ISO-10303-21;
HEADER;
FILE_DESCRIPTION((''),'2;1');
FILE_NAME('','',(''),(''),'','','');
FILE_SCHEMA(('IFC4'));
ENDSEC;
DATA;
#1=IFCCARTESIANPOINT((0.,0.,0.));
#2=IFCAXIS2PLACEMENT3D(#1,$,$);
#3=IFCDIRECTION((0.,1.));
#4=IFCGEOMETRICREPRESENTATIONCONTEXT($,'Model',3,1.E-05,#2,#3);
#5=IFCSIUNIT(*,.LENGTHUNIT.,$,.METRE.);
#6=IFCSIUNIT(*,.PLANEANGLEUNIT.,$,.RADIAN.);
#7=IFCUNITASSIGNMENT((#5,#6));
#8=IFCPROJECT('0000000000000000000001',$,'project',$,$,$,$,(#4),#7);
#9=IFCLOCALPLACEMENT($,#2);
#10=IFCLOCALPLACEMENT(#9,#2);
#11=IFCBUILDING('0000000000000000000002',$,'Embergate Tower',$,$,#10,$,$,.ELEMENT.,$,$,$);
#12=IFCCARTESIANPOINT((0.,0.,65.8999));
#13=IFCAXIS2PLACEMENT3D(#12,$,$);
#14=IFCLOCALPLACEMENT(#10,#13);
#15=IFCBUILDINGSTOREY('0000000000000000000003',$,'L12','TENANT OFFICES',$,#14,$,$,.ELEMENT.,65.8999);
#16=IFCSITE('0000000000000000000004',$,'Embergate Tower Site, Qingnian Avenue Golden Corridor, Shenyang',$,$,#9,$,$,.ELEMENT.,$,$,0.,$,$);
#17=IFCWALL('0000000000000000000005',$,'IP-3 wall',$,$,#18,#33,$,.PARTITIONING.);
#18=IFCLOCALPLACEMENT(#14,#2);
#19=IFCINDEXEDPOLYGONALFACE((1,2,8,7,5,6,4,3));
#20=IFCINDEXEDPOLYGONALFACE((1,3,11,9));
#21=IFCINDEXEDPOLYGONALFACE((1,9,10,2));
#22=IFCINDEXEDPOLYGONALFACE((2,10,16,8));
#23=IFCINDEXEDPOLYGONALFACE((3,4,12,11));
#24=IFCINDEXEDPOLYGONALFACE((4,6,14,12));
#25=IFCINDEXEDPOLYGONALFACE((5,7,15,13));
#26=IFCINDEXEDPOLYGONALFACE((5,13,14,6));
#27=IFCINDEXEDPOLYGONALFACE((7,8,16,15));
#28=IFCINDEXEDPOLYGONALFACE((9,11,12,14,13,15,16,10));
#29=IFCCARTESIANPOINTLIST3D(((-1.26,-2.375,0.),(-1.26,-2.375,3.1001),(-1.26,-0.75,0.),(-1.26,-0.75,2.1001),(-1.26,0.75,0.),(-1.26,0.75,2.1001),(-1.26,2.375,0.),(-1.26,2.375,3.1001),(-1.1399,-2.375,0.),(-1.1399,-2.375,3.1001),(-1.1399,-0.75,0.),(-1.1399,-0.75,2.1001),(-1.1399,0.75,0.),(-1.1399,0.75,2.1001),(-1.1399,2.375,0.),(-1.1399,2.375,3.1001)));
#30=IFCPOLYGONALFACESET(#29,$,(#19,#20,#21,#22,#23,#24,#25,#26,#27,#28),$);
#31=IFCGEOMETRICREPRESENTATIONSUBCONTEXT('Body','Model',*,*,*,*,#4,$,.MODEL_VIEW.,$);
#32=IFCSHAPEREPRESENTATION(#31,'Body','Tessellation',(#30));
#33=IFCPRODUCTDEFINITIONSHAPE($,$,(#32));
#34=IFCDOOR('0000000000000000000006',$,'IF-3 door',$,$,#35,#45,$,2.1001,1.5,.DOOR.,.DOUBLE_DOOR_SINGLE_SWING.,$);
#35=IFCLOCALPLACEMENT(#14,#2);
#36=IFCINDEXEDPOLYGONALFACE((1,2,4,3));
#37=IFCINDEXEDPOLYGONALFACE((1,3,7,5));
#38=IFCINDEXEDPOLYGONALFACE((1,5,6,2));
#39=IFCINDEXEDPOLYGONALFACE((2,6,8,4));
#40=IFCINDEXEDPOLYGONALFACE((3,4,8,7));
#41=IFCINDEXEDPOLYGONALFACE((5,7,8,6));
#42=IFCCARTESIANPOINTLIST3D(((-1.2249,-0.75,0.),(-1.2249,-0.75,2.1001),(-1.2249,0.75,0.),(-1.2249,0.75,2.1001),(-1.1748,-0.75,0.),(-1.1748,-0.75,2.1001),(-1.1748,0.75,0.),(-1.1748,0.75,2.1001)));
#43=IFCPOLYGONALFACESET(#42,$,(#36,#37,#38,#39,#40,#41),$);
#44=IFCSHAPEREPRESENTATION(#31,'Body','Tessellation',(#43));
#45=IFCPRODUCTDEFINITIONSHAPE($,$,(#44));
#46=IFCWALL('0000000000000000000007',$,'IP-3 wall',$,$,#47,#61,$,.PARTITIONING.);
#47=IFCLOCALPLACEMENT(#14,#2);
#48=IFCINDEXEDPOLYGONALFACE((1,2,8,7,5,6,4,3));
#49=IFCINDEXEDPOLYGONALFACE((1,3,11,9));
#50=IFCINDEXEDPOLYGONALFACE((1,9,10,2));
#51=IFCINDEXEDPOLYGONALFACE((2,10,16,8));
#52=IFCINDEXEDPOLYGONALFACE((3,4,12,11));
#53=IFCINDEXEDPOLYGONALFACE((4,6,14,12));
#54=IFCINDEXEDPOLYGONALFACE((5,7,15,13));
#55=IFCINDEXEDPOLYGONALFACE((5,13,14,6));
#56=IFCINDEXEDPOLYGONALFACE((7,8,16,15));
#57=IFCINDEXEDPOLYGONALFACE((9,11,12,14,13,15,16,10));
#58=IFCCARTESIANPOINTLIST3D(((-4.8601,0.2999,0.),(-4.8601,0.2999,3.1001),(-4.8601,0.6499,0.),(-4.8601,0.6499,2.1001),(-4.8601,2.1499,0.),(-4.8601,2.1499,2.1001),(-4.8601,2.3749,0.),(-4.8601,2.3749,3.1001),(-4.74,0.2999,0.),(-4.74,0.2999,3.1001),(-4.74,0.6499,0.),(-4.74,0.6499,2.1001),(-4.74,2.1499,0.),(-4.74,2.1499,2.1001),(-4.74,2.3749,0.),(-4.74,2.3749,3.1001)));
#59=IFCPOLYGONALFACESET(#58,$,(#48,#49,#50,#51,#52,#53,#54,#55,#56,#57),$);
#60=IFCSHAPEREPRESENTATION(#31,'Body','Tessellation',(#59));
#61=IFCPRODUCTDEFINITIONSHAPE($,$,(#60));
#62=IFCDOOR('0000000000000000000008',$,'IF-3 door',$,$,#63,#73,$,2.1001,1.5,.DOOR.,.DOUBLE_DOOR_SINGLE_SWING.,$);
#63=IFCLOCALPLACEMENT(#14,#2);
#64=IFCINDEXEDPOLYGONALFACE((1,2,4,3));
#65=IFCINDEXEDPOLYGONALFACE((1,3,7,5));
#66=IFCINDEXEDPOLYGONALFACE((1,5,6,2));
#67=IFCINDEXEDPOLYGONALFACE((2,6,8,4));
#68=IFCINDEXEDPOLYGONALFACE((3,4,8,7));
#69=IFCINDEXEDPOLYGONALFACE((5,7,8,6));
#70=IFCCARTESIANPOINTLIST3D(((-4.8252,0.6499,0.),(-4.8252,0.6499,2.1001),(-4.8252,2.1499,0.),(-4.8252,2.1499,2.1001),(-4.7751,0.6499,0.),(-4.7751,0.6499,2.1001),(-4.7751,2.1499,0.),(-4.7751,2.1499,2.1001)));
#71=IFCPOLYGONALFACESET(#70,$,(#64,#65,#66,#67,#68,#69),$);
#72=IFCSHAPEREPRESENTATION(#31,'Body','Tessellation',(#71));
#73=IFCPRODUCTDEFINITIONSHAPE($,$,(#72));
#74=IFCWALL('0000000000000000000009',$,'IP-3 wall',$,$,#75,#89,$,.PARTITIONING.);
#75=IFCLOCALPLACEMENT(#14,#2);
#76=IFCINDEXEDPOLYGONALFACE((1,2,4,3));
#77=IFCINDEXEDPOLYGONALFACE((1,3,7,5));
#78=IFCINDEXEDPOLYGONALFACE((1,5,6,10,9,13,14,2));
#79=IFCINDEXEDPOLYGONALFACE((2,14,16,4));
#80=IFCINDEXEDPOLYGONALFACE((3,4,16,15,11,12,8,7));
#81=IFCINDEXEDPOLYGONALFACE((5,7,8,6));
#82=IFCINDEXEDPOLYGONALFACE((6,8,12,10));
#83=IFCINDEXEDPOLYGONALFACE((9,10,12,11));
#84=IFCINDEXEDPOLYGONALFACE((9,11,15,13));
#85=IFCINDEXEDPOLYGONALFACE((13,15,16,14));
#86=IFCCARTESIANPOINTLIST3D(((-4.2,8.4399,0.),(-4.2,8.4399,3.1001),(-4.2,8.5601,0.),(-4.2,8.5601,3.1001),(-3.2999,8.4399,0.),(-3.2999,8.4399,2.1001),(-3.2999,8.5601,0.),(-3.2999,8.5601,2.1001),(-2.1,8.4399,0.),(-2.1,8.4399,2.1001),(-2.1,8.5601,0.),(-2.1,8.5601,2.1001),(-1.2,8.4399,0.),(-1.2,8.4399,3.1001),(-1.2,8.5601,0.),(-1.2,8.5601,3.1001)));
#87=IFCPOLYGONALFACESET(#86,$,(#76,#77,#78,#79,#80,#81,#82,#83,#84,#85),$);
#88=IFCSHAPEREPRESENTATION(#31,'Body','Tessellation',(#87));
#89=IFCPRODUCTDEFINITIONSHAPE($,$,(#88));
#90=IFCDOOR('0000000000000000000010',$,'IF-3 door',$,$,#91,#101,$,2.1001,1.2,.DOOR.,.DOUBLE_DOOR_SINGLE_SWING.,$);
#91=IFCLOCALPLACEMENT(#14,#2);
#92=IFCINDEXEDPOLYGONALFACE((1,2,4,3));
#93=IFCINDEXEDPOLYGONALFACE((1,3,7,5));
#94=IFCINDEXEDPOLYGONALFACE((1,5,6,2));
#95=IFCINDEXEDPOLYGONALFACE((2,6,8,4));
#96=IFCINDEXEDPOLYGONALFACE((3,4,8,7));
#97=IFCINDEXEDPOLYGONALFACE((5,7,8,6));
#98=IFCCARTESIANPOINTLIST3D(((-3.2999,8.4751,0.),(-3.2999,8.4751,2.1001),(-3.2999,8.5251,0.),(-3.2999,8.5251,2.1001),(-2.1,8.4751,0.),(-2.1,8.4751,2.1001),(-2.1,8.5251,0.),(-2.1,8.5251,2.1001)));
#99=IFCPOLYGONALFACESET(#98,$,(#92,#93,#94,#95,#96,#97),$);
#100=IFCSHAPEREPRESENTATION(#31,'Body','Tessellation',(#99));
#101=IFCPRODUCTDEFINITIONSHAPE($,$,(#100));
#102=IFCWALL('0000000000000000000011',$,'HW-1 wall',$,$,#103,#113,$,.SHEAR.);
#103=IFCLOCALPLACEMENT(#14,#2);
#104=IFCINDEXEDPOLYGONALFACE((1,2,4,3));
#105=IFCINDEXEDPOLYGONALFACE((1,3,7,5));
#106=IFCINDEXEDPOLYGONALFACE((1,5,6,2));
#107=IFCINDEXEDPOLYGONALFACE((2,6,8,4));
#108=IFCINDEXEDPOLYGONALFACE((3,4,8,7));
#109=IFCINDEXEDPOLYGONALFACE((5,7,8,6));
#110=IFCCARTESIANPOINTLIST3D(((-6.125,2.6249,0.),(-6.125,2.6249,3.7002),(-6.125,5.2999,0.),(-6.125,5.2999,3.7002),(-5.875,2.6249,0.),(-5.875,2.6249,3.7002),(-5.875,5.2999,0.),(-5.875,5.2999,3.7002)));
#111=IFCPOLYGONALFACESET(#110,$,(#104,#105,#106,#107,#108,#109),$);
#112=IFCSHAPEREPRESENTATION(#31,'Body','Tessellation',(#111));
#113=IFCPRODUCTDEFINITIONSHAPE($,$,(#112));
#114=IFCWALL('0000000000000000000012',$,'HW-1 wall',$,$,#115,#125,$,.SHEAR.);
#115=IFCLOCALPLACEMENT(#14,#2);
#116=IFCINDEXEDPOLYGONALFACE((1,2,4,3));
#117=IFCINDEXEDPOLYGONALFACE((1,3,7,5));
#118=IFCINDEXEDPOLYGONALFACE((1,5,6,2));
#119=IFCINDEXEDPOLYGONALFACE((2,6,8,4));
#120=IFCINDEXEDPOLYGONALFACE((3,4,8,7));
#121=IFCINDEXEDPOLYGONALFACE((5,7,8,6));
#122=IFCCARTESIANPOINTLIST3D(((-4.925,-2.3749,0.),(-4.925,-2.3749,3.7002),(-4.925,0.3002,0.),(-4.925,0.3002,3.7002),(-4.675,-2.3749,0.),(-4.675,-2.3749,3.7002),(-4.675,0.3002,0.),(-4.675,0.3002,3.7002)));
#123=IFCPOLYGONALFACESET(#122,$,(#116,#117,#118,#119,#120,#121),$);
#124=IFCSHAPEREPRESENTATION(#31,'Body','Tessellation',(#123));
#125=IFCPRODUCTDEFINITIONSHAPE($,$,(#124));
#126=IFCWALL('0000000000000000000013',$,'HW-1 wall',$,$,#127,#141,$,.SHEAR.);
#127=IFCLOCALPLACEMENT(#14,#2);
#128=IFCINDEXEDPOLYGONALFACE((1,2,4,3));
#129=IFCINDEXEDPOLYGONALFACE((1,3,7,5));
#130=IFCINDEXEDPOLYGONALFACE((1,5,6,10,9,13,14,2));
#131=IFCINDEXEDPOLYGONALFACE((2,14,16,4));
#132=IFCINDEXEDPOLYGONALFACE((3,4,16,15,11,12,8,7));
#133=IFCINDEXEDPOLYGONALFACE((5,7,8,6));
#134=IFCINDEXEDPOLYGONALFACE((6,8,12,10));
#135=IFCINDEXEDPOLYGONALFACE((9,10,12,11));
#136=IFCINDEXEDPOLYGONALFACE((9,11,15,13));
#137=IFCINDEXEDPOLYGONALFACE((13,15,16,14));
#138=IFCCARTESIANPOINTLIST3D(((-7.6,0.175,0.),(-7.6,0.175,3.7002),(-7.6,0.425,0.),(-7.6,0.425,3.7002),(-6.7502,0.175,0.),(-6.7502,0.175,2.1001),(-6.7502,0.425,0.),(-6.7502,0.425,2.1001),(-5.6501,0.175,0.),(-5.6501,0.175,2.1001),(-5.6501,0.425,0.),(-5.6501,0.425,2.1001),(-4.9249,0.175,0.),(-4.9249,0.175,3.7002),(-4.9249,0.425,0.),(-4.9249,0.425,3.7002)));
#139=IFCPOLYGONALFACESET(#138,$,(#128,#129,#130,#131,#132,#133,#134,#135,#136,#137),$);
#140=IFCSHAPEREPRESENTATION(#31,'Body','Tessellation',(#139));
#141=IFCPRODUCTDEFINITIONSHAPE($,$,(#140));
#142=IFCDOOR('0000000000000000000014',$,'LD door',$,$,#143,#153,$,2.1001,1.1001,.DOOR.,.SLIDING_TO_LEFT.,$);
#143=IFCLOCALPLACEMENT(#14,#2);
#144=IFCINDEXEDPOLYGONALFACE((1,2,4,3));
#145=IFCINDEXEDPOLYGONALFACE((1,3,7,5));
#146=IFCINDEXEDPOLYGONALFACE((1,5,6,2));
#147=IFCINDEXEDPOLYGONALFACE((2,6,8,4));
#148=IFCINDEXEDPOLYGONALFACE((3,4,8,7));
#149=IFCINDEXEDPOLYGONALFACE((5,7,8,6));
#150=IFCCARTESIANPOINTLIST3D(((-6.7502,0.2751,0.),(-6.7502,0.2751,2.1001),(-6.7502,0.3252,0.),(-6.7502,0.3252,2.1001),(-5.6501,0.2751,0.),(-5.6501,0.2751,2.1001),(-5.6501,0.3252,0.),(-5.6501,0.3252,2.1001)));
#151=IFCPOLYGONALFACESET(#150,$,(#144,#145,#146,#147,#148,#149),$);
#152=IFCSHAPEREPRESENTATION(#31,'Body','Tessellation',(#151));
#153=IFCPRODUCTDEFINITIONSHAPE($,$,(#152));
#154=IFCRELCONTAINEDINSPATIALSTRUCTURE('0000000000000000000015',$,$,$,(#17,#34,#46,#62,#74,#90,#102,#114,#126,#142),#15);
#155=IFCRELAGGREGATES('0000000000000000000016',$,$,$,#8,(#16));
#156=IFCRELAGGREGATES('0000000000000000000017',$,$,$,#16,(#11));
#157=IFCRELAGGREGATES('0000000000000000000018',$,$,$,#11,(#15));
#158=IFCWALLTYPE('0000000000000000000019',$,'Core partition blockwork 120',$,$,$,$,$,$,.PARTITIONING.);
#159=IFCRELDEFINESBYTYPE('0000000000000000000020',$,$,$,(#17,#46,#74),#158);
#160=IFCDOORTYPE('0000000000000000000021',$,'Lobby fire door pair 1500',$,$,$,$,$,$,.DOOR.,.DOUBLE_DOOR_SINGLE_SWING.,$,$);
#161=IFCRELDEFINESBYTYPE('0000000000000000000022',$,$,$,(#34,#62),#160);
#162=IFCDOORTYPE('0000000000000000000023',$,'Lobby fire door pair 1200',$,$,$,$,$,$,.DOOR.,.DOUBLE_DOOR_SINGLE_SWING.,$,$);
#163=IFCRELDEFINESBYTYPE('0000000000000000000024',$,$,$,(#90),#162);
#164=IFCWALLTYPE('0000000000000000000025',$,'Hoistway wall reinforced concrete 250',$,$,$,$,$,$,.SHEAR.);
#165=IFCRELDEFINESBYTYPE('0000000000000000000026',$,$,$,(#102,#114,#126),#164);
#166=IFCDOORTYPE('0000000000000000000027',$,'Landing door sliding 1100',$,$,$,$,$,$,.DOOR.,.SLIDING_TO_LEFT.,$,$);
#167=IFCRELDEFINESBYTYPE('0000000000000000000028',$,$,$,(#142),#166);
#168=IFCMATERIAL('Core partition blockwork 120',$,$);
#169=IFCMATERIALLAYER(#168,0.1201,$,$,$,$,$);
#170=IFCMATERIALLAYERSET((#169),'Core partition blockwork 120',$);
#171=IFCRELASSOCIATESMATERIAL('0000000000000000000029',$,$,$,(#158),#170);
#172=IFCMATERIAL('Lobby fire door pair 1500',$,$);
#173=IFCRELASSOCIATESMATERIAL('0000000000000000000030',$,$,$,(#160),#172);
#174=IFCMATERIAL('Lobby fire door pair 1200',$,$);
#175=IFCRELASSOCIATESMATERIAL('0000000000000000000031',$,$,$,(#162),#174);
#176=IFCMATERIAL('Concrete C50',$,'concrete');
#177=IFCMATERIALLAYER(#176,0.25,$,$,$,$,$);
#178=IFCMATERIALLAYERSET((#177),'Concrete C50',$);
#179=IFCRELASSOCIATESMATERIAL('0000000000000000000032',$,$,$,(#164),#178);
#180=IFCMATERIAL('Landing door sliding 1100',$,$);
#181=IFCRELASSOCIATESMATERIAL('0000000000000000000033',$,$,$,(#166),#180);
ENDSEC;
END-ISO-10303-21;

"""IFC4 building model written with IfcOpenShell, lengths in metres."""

from ifc_helpers import new_model, si_unit, direction, frame, frame_2d, origin, place, context, subcontext, project, spatial, rectangle, extrude, source, transform, mapped, material, layer, layer_set, type_object, element, fill, save


model = new_model("IFC4")

# Units and contexts
model_context = context("Model", 3, precision=1e-05, world=origin(), true_north=direction((0.0, 1.0)))
body_context = subcontext(model_context, "Body", "Model", "MODEL_VIEW")
ifc_project = project(units=[si_unit("LENGTHUNIT", "METRE"), si_unit("PLANEANGLEUNIT", "RADIAN")], contexts=[model_context])

# Site, building, storey
site_placement = place(None, origin())
site = spatial("IfcSite", under=ifc_project, at=site_placement, Name="Embergate Tower Site, Qingnian Avenue Golden Corridor, Shenyang", CompositionType="ELEMENT", RefElevation=0.0)
building_placement = place(site_placement, origin())
building = spatial("IfcBuilding", under=site, at=building_placement, Name="Embergate Tower", CompositionType="ELEMENT")
storey_placement = place(building_placement, frame((0.0, 0.0, 65.8999)))
storey = spatial("IfcBuildingStorey", under=building, at=storey_placement, Name="L12", Description="TENANT OFFICES", CompositionType="ELEMENT", Elevation=65.8999)

# Walls, openings, doors
ifc_material_1 = material(Name="Core partition blockwork 120")
ifc_layer_1 = layer(ifc_material_1, 0.1201)
ifc_layer_set_1 = layer_set([ifc_layer_1], Name="Core partition blockwork 120")
wall_type_1 = type_object("IfcWallType", Name="Core partition blockwork 120", PredefinedType="PARTITIONING", material=ifc_layer_set_1)
shared_shape_1 = source(origin(), body_context, "Body", "SweptSolid", [
    extrude(rectangle(XDim=4.75, YDim=0.1201, at=frame_2d((2.375, 0.0))), origin(), (0.0, 0.0, 1.0), 3.1001),
])
wall_1_placement = place(storey_placement, frame((-1.2, -2.375, 0.0), z_axis=(0.0, 0.0, 1.0), x_axis=(0.0, 1.0, 0.0)))
wall_1 = element("IfcWall", 1, at=wall_1_placement, inside=storey, type_object=wall_type_1, Name="IP-3 wall", PredefinedType="PARTITIONING", context=body_context, shape_type="MappedRepresentation", body=[
    mapped(shared_shape_1, transform((0.0, 0.0, 0.0))),
])
shared_shape_2 = source(origin(), body_context, "Body", "SweptSolid", [
    extrude(rectangle(XDim=1.5, YDim=2.1001, at=frame_2d((0.75, 1.05))), frame((0.0, 0.0701, 0.0), z_axis=(0.0, -1.0, 0.0), x_axis=(1.0, 0.0, 0.0)), (0.0, 0.0, 1.0), 0.1401),
])
opening_1_placement = place(wall_1_placement, frame((1.625, 0.0, 0.0)))
opening_1 = element("IfcOpeningElement", 2, at=opening_1_placement, cuts=wall_1, PredefinedType="OPENING", context=body_context, shape_type="MappedRepresentation", body=[
    mapped(shared_shape_2, transform((0.0, 0.0, 0.0))),
])
ifc_material_2 = material(Name="Lobby fire door pair 1500")
door_type_1 = type_object("IfcDoorType", Name="Lobby fire door pair 1500", OperationType="DOUBLE_DOOR_SINGLE_SWING", PredefinedType="DOOR", material=ifc_material_2)
shared_shape_3 = source(origin(), body_context, "Body", "SweptSolid", [
    extrude(rectangle(XDim=1.5, YDim=2.1001, at=frame_2d((0.75, 1.05))), frame((0.0, 0.0249, 0.0), z_axis=(0.0, -1.0, 0.0), x_axis=(1.0, 0.0, 0.0)), (0.0, 0.0, 1.0), 0.05),
])
door_1_placement = place(opening_1_placement, origin())
door_1 = element("IfcDoor", 3, at=door_1_placement, inside=storey, type_object=door_type_1, Name="IF-3 door", OperationType="DOUBLE_DOOR_SINGLE_SWING", OverallHeight=2.1001, OverallWidth=1.5, PredefinedType="DOOR", context=body_context, shape_type="MappedRepresentation", body=[
    mapped(shared_shape_3, transform((0.0, 0.0, 0.0))),
])
fill(opening_1, door_1)
shared_shape_4 = source(origin(), body_context, "Body", "SweptSolid", [
    extrude(rectangle(XDim=2.075, YDim=0.1201, at=frame_2d((1.0376, 0.0))), origin(), (0.0, 0.0, 1.0), 3.1001),
])
wall_2_placement = place(storey_placement, frame((-4.8, 2.375, 0.0), z_axis=(0.0, 0.0, 1.0), x_axis=(0.0, -1.0, 0.0)))
wall_2 = element("IfcWall", 4, at=wall_2_placement, inside=storey, type_object=wall_type_1, Name="IP-3 wall", PredefinedType="PARTITIONING", context=body_context, shape_type="MappedRepresentation", body=[
    mapped(shared_shape_4, transform((0.0, 0.0, 0.0))),
])
opening_2_placement = place(wall_2_placement, frame((0.2251, 0.0, 0.0)))
opening_2 = element("IfcOpeningElement", 5, at=opening_2_placement, cuts=wall_2, PredefinedType="OPENING", context=body_context, shape_type="MappedRepresentation", body=[
    mapped(shared_shape_2, transform((0.0, 0.0, 0.0))),
])
door_2_placement = place(opening_2_placement, origin())
door_2 = element("IfcDoor", 6, at=door_2_placement, inside=storey, type_object=door_type_1, Name="IF-3 door", OperationType="DOUBLE_DOOR_SINGLE_SWING", OverallHeight=2.1001, OverallWidth=1.5, PredefinedType="DOOR", context=body_context, shape_type="MappedRepresentation", body=[
    mapped(shared_shape_3, transform((0.0, 0.0, 0.0))),
])
fill(opening_2, door_2)
shared_shape_5 = source(origin(), body_context, "Body", "SweptSolid", [
    extrude(rectangle(XDim=3.0, YDim=0.1201, at=frame_2d((1.5, 0.0))), origin(), (0.0, 0.0, 1.0), 3.1001),
])
wall_3_placement = place(storey_placement, frame((-1.2, 8.5, 0.0), z_axis=(0.0, 0.0, 1.0), x_axis=(-1.0, 0.0, 0.0)))
wall_3 = element("IfcWall", 7, at=wall_3_placement, inside=storey, type_object=wall_type_1, Name="IP-3 wall", PredefinedType="PARTITIONING", context=body_context, shape_type="MappedRepresentation", body=[
    mapped(shared_shape_5, transform((0.0, 0.0, 0.0))),
])
shared_shape_6 = source(origin(), body_context, "Body", "SweptSolid", [
    extrude(rectangle(XDim=1.2, YDim=2.1001, at=frame_2d((0.6001, 1.05))), frame((0.0, 0.0701, 0.0), z_axis=(0.0, -1.0, 0.0), x_axis=(1.0, 0.0, 0.0)), (0.0, 0.0, 1.0), 0.1401),
])
opening_3_placement = place(wall_3_placement, frame((0.8999, 0.0, 0.0)))
opening_3 = element("IfcOpeningElement", 8, at=opening_3_placement, cuts=wall_3, PredefinedType="OPENING", context=body_context, shape_type="MappedRepresentation", body=[
    mapped(shared_shape_6, transform((0.0, 0.0, 0.0))),
])
ifc_material_3 = material(Name="Lobby fire door pair 1200")
door_type_2 = type_object("IfcDoorType", Name="Lobby fire door pair 1200", OperationType="DOUBLE_DOOR_SINGLE_SWING", PredefinedType="DOOR", material=ifc_material_3)
shared_shape_7 = source(origin(), body_context, "Body", "SweptSolid", [
    extrude(rectangle(XDim=1.2, YDim=2.1001, at=frame_2d((0.6001, 1.05))), frame((0.0, 0.0249, 0.0), z_axis=(0.0, -1.0, 0.0), x_axis=(1.0, 0.0, 0.0)), (0.0, 0.0, 1.0), 0.05),
])
door_3_placement = place(opening_3_placement, origin())
door_3 = element("IfcDoor", 9, at=door_3_placement, inside=storey, type_object=door_type_2, Name="IF-3 door", OperationType="DOUBLE_DOOR_SINGLE_SWING", OverallHeight=2.1001, OverallWidth=1.2, PredefinedType="DOOR", context=body_context, shape_type="MappedRepresentation", body=[
    mapped(shared_shape_7, transform((0.0, 0.0, 0.0))),
])
fill(opening_3, door_3)

# Walls
ifc_material_4 = material(Name="Concrete C50", Category="concrete")
ifc_layer_2 = layer(ifc_material_4, 0.25)
ifc_layer_set_2 = layer_set([ifc_layer_2], Name="Concrete C50")
wall_type_2 = type_object("IfcWallType", Name="Hoistway wall reinforced concrete 250", PredefinedType="SHEAR", material=ifc_layer_set_2)
shared_shape_8 = source(origin(), body_context, "Body", "SweptSolid", [
    extrude(rectangle(XDim=2.675, YDim=0.25, at=frame_2d((1.3374, 0.0))), origin(), (0.0, 0.0, 1.0), 3.7002),
])
for number, where, z_axis, x_axis, name in (
    (10, (-6.0, 2.625, 0.0), (0.0, 0.0, 1.0), (0.0, 1.0, 0.0), "HW-1 wall"),
    (11, (-4.8, 0.3, 0.0), (0.0, 0.0, 1.0), (0.0, -1.0, 0.0), "HW-1 wall"),
):
    element("IfcWall", number, at=place(storey_placement, frame(where, z_axis=z_axis, x_axis=x_axis)), inside=storey, type_object=wall_type_2, Name=name, PredefinedType="SHEAR", context=body_context, shape_type="MappedRepresentation", body=[
        mapped(shared_shape_8, transform((0.0, 0.0, 0.0))),
    ])

# Wall, opening, door
wall_4_placement = place(storey_placement, frame((-4.925, 0.3, 0.0), z_axis=(0.0, 0.0, 1.0), x_axis=(-1.0, 0.0, 0.0)))
wall_4 = element("IfcWall", 12, at=wall_4_placement, inside=storey, type_object=wall_type_2, Name="HW-1 wall", PredefinedType="SHEAR", context=body_context, shape_type="MappedRepresentation", body=[
    mapped(shared_shape_8, transform((0.0, 0.0, 0.0))),
])
shared_shape_9 = source(origin(), body_context, "Body", "SweptSolid", [
    extrude(rectangle(XDim=1.1001, YDim=2.1001, at=frame_2d((0.55, 1.05))), frame((0.0, 0.135, 0.0), z_axis=(0.0, -1.0, 0.0), x_axis=(1.0, 0.0, 0.0)), (0.0, 0.0, 1.0), 0.27),
])
opening_4_placement = place(wall_4_placement, frame((0.7251, 0.0, 0.0)))
opening_4 = element("IfcOpeningElement", 13, at=opening_4_placement, cuts=wall_4, PredefinedType="OPENING", context=body_context, shape_type="MappedRepresentation", body=[
    mapped(shared_shape_9, transform((0.0, 0.0, 0.0))),
])
ifc_material_5 = material(Name="Landing door sliding 1100")
door_type_3 = type_object("IfcDoorType", Name="Landing door sliding 1100", OperationType="SLIDING_TO_LEFT", PredefinedType="DOOR", material=ifc_material_5)
shared_shape_10 = source(origin(), body_context, "Body", "SweptSolid", [
    extrude(rectangle(XDim=1.1001, YDim=2.1001, at=frame_2d((0.55, 1.05))), frame((0.0, 0.0249, 0.0), z_axis=(0.0, -1.0, 0.0), x_axis=(1.0, 0.0, 0.0)), (0.0, 0.0, 1.0), 0.05),
])
door_4_placement = place(opening_4_placement, origin())
door_4 = element("IfcDoor", 14, at=door_4_placement, inside=storey, type_object=door_type_3, Name="LD door", OperationType="SLIDING_TO_LEFT", OverallHeight=2.1001, OverallWidth=1.1001, PredefinedType="DOOR", context=body_context, shape_type="MappedRepresentation", body=[
    mapped(shared_shape_10, transform((0.0, 0.0, 0.0))),
])
fill(opening_4, door_4)

save(model, "model.ifc")
